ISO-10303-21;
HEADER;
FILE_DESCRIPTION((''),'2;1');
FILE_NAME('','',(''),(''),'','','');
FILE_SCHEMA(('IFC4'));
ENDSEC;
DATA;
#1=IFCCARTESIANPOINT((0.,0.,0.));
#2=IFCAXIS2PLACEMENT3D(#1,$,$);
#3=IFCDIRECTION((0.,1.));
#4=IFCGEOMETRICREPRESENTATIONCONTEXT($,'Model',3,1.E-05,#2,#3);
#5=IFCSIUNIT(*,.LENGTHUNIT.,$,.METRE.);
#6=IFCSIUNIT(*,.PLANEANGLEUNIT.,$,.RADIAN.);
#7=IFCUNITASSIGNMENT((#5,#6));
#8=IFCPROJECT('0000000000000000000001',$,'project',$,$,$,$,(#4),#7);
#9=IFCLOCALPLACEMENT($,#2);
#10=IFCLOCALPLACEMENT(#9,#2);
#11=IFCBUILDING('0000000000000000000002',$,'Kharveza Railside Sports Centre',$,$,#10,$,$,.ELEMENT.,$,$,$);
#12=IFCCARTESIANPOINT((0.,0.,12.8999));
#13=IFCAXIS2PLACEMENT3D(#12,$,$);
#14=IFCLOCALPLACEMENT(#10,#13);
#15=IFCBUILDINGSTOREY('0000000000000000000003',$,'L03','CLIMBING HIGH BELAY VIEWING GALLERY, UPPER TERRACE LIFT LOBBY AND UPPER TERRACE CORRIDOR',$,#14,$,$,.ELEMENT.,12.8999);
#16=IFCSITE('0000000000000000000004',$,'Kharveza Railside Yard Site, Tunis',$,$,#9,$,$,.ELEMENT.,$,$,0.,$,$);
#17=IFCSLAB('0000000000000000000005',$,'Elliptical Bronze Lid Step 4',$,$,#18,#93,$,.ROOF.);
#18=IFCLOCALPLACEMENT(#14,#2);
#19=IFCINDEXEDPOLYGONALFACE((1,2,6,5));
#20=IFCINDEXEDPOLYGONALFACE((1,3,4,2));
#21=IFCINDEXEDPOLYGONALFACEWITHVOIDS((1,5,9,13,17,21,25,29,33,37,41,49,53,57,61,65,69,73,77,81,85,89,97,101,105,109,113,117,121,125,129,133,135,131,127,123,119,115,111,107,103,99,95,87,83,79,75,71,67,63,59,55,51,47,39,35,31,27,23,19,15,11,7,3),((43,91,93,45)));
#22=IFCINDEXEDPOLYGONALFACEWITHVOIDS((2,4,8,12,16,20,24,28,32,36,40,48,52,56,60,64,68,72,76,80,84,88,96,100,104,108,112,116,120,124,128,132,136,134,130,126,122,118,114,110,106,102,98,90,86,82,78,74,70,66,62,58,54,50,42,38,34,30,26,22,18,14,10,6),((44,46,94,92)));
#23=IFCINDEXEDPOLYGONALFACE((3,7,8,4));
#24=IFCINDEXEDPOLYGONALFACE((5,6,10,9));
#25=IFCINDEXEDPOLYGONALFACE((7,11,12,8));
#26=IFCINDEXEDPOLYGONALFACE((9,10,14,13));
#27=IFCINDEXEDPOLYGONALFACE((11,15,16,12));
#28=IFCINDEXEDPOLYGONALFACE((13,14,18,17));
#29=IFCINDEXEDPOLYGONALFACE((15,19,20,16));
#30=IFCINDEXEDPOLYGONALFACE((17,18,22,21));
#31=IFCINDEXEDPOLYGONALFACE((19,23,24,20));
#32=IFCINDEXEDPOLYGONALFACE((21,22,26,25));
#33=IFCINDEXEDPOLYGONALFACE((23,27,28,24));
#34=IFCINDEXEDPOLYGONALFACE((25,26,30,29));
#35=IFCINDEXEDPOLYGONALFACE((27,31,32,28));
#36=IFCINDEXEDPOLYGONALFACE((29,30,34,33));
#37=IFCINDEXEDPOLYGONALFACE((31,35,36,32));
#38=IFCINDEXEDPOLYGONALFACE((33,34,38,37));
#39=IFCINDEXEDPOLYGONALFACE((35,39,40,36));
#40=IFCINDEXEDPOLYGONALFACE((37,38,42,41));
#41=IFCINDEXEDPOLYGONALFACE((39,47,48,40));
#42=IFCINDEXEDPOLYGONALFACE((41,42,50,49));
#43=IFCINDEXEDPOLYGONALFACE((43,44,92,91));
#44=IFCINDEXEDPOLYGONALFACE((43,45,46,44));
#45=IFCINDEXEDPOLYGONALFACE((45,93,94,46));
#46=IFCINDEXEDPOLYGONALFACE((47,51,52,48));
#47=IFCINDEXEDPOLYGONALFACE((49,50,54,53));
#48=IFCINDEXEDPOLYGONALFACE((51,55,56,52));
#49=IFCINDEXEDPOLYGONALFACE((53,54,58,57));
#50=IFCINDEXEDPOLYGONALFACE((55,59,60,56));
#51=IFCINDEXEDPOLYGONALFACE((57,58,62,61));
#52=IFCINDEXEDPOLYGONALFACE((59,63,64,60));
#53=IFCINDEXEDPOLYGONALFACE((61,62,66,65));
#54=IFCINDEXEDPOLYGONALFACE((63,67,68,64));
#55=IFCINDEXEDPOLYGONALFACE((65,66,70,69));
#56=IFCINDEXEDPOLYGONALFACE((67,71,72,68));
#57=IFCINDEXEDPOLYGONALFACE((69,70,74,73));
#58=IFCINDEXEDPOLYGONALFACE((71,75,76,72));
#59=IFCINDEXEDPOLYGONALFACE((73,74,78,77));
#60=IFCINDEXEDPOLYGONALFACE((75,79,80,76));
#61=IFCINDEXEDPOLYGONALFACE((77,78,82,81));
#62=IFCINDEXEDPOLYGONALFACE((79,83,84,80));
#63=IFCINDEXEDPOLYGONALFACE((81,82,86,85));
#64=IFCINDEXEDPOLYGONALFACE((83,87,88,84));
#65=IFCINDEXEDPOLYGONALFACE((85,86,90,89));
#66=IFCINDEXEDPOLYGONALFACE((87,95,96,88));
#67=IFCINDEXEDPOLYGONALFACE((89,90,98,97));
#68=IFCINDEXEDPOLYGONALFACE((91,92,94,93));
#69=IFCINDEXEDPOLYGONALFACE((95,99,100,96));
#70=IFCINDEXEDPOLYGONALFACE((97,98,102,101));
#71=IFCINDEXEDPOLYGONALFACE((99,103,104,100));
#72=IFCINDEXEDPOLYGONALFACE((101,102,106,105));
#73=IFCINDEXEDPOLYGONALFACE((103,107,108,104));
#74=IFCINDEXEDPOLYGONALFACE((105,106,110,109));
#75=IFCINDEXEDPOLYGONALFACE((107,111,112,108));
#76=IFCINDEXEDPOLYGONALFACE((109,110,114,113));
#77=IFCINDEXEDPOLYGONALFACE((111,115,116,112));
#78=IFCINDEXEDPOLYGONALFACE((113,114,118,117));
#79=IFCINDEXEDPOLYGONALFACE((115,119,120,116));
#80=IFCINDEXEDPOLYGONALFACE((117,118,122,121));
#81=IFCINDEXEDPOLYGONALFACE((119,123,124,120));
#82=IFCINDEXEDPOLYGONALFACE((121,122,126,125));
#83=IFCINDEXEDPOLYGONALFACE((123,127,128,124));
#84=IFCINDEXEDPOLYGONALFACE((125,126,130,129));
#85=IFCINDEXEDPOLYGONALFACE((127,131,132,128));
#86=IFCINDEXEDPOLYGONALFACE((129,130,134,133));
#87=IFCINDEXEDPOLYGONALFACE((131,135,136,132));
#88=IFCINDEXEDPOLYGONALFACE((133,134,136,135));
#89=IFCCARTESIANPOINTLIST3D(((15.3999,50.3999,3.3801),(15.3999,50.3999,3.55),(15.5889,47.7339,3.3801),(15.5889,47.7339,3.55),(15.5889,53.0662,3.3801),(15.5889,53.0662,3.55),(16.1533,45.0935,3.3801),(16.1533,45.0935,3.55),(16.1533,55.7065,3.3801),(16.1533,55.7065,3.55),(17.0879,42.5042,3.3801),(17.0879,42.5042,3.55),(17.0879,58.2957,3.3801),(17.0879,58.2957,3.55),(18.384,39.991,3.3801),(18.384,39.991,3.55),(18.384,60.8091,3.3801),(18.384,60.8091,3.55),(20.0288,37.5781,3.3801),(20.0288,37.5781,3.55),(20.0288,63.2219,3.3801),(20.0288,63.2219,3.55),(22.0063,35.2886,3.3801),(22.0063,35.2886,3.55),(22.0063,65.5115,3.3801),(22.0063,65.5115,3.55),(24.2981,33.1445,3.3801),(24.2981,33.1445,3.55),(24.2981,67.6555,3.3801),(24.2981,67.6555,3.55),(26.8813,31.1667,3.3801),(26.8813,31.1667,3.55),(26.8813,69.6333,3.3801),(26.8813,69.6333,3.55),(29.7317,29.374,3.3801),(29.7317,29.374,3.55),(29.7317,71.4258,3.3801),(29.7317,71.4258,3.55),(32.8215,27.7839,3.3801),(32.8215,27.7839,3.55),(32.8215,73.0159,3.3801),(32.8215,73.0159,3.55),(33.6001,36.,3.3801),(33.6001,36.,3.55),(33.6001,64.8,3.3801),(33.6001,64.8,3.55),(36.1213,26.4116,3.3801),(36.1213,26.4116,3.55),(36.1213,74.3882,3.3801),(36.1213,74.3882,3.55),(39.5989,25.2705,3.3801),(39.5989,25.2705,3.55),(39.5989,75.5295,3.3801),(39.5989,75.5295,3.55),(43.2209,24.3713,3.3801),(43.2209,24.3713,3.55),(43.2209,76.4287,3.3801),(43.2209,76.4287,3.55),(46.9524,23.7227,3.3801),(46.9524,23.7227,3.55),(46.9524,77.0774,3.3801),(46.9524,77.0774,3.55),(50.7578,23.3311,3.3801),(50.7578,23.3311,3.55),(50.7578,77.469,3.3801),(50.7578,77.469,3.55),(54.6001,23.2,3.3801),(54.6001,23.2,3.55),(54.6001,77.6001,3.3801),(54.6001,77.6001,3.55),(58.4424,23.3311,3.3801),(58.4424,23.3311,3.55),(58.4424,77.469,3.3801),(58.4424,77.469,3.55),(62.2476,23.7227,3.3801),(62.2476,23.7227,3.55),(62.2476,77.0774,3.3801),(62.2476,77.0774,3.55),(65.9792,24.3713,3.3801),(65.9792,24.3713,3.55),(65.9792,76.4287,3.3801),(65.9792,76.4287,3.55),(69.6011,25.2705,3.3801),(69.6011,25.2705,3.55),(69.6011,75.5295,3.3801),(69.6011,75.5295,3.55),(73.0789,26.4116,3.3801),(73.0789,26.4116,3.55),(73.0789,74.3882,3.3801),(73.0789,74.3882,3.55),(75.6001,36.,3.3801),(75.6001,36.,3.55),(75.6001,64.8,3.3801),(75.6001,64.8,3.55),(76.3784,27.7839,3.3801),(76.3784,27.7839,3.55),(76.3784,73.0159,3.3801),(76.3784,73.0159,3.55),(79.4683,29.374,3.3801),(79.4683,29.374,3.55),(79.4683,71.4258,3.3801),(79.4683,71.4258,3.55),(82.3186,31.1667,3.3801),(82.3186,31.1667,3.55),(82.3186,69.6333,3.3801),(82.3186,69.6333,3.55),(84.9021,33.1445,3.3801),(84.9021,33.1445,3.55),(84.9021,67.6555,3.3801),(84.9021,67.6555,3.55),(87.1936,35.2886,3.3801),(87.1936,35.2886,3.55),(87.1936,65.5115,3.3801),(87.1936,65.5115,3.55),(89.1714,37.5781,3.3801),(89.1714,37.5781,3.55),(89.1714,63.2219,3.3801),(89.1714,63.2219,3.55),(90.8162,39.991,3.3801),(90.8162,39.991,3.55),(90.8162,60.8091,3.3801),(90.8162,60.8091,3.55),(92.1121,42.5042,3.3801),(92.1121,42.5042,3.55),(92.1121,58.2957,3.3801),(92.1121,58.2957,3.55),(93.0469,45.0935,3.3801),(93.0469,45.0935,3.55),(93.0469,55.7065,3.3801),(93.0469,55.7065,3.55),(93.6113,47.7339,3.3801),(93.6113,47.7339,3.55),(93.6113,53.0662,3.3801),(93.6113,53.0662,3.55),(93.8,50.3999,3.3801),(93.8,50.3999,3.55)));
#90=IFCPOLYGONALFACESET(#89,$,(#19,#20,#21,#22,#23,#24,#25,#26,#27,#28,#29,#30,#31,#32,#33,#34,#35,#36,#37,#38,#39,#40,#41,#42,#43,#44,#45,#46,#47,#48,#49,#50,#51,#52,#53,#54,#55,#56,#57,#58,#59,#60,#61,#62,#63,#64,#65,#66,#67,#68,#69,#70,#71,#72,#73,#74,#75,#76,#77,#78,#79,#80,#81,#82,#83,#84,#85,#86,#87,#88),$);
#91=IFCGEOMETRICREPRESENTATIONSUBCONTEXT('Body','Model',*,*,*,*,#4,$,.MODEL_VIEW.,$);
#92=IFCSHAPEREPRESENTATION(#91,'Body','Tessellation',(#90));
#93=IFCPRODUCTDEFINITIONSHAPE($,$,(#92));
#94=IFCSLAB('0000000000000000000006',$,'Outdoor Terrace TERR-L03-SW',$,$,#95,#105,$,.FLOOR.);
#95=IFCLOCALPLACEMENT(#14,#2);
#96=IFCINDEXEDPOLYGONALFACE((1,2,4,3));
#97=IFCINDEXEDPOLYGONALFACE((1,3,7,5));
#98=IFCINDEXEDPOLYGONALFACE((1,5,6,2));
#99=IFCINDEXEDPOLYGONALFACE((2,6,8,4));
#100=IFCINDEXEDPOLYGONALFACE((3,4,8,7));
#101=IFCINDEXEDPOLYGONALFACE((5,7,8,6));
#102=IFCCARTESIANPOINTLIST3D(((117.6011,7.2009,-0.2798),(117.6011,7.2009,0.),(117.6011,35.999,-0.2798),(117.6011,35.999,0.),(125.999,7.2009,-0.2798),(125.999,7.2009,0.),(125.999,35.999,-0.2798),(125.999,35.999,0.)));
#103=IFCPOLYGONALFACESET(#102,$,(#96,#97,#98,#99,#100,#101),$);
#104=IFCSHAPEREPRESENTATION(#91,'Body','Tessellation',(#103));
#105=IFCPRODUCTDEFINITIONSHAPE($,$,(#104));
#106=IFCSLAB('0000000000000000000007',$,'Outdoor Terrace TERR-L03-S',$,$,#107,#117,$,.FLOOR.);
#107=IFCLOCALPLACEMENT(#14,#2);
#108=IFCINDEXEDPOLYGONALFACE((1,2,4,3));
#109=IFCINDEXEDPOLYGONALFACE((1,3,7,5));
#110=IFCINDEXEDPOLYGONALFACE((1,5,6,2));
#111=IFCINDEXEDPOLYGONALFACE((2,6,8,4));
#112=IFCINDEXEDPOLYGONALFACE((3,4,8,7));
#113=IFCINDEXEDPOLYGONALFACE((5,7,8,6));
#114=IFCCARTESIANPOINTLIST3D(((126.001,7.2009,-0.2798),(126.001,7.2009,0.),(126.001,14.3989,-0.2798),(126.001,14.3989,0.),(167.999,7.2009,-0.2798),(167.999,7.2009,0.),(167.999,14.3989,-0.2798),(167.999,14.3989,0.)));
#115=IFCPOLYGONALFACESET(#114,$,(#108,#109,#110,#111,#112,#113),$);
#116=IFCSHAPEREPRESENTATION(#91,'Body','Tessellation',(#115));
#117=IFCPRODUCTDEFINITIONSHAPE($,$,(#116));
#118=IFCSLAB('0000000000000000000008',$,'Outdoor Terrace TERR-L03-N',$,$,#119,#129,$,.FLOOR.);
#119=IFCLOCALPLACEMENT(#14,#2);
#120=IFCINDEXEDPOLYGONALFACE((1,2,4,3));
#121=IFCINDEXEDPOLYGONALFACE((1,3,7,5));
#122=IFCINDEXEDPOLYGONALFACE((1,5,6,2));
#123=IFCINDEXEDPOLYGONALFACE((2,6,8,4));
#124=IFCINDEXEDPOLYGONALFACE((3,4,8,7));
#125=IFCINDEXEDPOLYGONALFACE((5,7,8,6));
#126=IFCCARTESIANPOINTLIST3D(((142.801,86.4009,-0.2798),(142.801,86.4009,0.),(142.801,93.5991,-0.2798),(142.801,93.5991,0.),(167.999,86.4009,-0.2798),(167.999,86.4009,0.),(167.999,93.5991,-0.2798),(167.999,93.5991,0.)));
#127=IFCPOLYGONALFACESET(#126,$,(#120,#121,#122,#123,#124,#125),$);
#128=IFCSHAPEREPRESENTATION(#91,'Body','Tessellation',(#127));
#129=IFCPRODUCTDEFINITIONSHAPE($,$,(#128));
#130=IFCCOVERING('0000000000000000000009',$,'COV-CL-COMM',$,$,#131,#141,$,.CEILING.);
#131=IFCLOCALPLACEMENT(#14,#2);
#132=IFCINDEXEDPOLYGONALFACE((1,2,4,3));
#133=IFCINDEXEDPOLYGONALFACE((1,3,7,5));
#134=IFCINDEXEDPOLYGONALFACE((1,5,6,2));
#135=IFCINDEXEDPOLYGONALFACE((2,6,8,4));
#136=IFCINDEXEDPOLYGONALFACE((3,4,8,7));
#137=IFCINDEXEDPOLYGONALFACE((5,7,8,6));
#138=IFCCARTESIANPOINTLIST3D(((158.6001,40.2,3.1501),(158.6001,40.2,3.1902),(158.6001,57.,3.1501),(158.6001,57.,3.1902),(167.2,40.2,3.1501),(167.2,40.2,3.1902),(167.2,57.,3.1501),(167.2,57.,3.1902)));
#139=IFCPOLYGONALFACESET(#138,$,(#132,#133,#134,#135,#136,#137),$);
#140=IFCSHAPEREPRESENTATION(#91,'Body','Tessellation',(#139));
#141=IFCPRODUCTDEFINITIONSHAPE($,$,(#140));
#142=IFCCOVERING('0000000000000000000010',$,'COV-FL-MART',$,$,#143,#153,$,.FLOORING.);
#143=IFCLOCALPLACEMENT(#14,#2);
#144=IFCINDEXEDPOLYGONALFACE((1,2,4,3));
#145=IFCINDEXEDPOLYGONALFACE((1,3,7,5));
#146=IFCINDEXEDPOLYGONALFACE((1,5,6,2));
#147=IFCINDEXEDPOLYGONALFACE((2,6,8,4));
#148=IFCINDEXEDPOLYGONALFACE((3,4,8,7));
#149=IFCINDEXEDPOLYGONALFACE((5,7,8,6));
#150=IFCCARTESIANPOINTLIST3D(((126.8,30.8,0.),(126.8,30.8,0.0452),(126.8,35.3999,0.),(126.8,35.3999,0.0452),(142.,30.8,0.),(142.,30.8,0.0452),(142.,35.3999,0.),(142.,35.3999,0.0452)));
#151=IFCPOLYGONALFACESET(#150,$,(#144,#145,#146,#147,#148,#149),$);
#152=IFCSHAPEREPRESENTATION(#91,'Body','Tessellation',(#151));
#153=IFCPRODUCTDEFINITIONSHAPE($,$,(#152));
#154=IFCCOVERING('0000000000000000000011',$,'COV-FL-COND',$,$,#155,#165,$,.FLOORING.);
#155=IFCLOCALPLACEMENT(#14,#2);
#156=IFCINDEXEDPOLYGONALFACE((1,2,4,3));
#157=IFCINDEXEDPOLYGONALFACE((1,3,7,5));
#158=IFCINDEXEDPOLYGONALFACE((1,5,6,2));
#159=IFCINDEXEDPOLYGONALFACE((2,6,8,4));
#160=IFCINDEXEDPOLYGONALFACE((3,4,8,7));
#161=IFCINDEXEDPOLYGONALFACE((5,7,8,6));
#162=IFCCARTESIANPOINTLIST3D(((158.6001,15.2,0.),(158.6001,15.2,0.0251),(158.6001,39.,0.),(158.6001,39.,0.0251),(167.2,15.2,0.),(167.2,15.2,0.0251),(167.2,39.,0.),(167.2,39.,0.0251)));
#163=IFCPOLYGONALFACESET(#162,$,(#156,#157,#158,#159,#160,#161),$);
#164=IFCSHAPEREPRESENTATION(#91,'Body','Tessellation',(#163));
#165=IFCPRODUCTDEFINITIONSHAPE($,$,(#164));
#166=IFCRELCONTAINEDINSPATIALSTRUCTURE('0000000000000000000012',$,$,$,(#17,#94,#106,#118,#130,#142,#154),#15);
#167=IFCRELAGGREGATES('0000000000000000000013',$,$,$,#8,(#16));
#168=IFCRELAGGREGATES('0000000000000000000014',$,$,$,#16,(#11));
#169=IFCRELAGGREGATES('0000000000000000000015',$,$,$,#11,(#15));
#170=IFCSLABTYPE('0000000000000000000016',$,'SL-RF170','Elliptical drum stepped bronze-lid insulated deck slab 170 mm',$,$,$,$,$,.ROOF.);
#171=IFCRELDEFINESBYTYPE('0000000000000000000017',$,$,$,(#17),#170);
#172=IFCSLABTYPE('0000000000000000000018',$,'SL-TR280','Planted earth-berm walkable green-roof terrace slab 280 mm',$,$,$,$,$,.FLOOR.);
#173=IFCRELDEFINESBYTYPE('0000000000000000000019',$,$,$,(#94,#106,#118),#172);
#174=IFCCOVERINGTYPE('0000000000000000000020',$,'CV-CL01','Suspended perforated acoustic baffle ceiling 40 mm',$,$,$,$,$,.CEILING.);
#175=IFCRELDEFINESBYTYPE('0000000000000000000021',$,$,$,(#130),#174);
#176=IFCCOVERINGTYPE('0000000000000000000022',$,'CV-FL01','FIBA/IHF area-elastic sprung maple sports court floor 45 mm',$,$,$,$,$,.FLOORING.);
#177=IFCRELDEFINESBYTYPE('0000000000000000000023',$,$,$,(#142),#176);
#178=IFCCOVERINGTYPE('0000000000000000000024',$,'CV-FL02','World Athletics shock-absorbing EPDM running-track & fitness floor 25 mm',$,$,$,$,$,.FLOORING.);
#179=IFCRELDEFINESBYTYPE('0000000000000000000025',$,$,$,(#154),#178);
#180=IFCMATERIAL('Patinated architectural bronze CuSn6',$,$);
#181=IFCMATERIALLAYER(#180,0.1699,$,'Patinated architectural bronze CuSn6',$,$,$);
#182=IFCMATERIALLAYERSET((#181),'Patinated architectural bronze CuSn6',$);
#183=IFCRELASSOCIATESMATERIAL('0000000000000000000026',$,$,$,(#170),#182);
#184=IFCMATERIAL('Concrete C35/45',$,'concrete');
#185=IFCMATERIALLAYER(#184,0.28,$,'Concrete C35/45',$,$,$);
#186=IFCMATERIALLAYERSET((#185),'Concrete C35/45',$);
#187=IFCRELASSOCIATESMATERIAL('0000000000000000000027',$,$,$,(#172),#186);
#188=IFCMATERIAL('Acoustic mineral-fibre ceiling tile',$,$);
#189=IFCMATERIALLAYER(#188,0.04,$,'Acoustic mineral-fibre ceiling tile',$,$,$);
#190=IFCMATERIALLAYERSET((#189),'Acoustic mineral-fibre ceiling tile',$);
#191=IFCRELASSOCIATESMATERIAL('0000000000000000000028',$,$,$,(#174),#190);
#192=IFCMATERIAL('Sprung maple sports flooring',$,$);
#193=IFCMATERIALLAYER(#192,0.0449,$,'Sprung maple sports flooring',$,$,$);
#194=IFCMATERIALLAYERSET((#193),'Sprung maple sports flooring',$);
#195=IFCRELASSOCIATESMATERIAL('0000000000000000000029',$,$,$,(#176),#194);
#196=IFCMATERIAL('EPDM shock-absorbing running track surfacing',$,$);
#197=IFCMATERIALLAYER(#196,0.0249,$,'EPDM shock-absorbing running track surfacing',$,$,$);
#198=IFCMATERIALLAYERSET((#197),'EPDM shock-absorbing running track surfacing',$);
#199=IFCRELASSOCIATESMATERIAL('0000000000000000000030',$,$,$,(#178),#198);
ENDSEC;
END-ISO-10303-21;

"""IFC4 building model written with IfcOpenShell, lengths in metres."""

from ifc_helpers import new_model, si_unit, direction, frame, origin, place, context, subcontext, project, spatial, polyline, outline, extrude, material, layer, layer_set, type_object, element, save


model = new_model("IFC4")

# Units and contexts
model_context = context("Model", 3, precision=1e-05, world=origin(), true_north=direction((0.0, 1.0)))
body_context = subcontext(model_context, "Body", "Model", "MODEL_VIEW")
ifc_project = project(units=[si_unit("LENGTHUNIT", "METRE"), si_unit("PLANEANGLEUNIT", "RADIAN")], contexts=[model_context])

# Site, building, storey
site_placement = place(None, origin())
site = spatial("IfcSite", under=ifc_project, at=site_placement, Name="Kharveza Railside Yard Site, Tunis", CompositionType="ELEMENT", RefElevation=0.0)
building_placement = place(site_placement, origin())
building = spatial("IfcBuilding", under=site, at=building_placement, Name="Kharveza Railside Sports Centre", CompositionType="ELEMENT")
storey_placement = place(building_placement, frame((0.0, 0.0, 12.8999)))
storey = spatial("IfcBuildingStorey", under=building, at=storey_placement, Name="L03", Description="CLIMBING HIGH BELAY VIEWING GALLERY, UPPER TERRACE LIFT LOBBY AND UPPER TERRACE CORRIDOR", CompositionType="ELEMENT", Elevation=12.8999)

# Shared definitions
ifc_material_1 = material(Name="Patinated architectural bronze CuSn6")

# Shared definitions
ifc_material_2 = material(Name="Concrete C35/45", Category="concrete")

# Slabs
ifc_layer_1 = layer(ifc_material_1, 0.1699, Name="Patinated architectural bronze CuSn6")
ifc_layer_set_1 = layer_set([ifc_layer_1], Name="Patinated architectural bronze CuSn6")
slab_type_1 = type_object("IfcSlabType", Name="SL-RF170", Description="Elliptical drum stepped bronze-lid insulated deck slab 170 mm", PredefinedType="ROOF", material=ifc_layer_set_1)
slab_1_placement = place(storey_placement, frame((0.0, 0.0, 3.3801)))
element("IfcSlab", 1, at=slab_1_placement, inside=storey, type_object=slab_type_1, Name="Elliptical Bronze Lid Step 4", PredefinedType="ROOF", context=body_context, shape_type="SweptSolid", body=[
    extrude(outline(polyline([(93.6113, 47.7339), (93.0469, 45.0935), (92.1121, 42.5042), (90.8162, 39.991), (89.1714, 37.5781), (87.1936, 35.2886), (84.9021, 33.1445), (82.3186, 31.1667), (79.4683, 29.374), (76.3784, 27.7839), (73.0789, 26.4116), (69.6011, 25.2705), (65.9792, 24.3713), (62.2476, 23.7227), (58.4424, 23.3311), (54.6001, 23.2), (50.7578, 23.3311), (46.9524, 23.7227), (43.2209, 24.3713), (39.5989, 25.2705), (36.1213, 26.4116), (32.8215, 27.7839), (29.7317, 29.374), (26.8813, 31.1667), (24.2981, 33.1445), (22.0063, 35.2886), (20.0288, 37.5781), (18.384, 39.991), (17.0879, 42.5042), (16.1533, 45.0935), (15.5889, 47.7339), (15.3999, 50.3999), (15.5889, 53.0662), (16.1533, 55.7065), (17.0879, 58.2957), (18.384, 60.8091), (20.0288, 63.2219), (22.0063, 65.5115), (24.2981, 67.6555), (26.8813, 69.6333), (29.7317, 71.4258), (32.8215, 73.0159), (36.1213, 74.3882), (39.5989, 75.5295), (43.2209, 76.4287), (46.9524, 77.0774), (50.7578, 77.469), (54.6001, 77.6001), (58.4424, 77.469), (62.2476, 77.0774), (65.9792, 76.4287), (69.6011, 75.5295), (73.0789, 74.3882), (76.3784, 73.0159), (79.4683, 71.4258), (82.3186, 69.6333), (84.9021, 67.6555), (87.1936, 65.5115), (89.1714, 63.2219), (90.8162, 60.8091), (92.1121, 58.2957), (93.0469, 55.7065), (93.6113, 53.0662), (93.8, 50.3999), (93.6113, 47.7339)]), holes=[polyline([(75.6001, 36.0), (75.6001, 64.8), (33.6001, 64.8), (33.6001, 36.0), (75.6001, 36.0)])]), origin(), (0.0, 0.0, 1.0), 0.1699),
])
ifc_layer_2 = layer(ifc_material_2, 0.28, Name="Concrete C35/45")
ifc_layer_set_2 = layer_set([ifc_layer_2], Name="Concrete C35/45")
slab_type_2 = type_object("IfcSlabType", Name="SL-TR280", Description="Planted earth-berm walkable green-roof terrace slab 280 mm", PredefinedType="FLOOR", material=ifc_layer_set_2)
slab_2_placement = place(storey_placement, frame((0.0, 0.0, -0.2798)))
element("IfcSlab", 2, at=slab_2_placement, inside=storey, type_object=slab_type_2, Name="Outdoor Terrace TERR-L03-SW", PredefinedType="FLOOR", context=body_context, shape_type="SweptSolid", body=[
    extrude(outline(polyline([(117.6011, 35.999), (125.999, 35.999), (125.999, 7.2009), (117.6011, 7.2009), (117.6011, 35.999)])), origin(), (0.0, 0.0, 1.0), 0.2798),
])
slab_3_placement = place(storey_placement, frame((0.0, 0.0, -0.2798)))
element("IfcSlab", 3, at=slab_3_placement, inside=storey, type_object=slab_type_2, Name="Outdoor Terrace TERR-L03-S", PredefinedType="FLOOR", context=body_context, shape_type="SweptSolid", body=[
    extrude(outline(polyline([(126.001, 14.3989), (167.999, 14.3989), (167.999, 7.2009), (126.001, 7.2009), (126.001, 14.3989)])), origin(), (0.0, 0.0, 1.0), 0.2798),
])
slab_4_placement = place(storey_placement, frame((0.0, 0.0, -0.2798)))
element("IfcSlab", 4, at=slab_4_placement, inside=storey, type_object=slab_type_2, Name="Outdoor Terrace TERR-L03-N", PredefinedType="FLOOR", context=body_context, shape_type="SweptSolid", body=[
    extrude(outline(polyline([(142.801, 93.5991), (167.999, 93.5991), (167.999, 86.4009), (142.801, 86.4009), (142.801, 93.5991)])), origin(), (0.0, 0.0, 1.0), 0.2798),
])

# Coverings
ifc_material_3 = material(Name="Acoustic mineral-fibre ceiling tile")
ifc_layer_3 = layer(ifc_material_3, 0.04, Name="Acoustic mineral-fibre ceiling tile")
ifc_layer_set_3 = layer_set([ifc_layer_3], Name="Acoustic mineral-fibre ceiling tile")
covering_type_1 = type_object("IfcCoveringType", Name="CV-CL01", Description="Suspended perforated acoustic baffle ceiling 40 mm", PredefinedType="CEILING", material=ifc_layer_set_3)
covering_1_placement = place(storey_placement, frame((0.0, 0.0, 3.1501)))
element("IfcCovering", 5, at=covering_1_placement, inside=storey, type_object=covering_type_1, Name="COV-CL-COMM", PredefinedType="CEILING", context=body_context, shape_type="SweptSolid", body=[
    extrude(outline(polyline([(158.6001, 57.0), (167.2, 57.0), (167.2, 40.2), (158.6001, 40.2), (158.6001, 57.0)])), origin(), (0.0, 0.0, 1.0), 0.04),
])
ifc_material_4 = material(Name="Sprung maple sports flooring")
ifc_layer_4 = layer(ifc_material_4, 0.0449, Name="Sprung maple sports flooring")
ifc_layer_set_4 = layer_set([ifc_layer_4], Name="Sprung maple sports flooring")
covering_type_2 = type_object("IfcCoveringType", Name="CV-FL01", Description="FIBA/IHF area-elastic sprung maple sports court floor 45 mm", PredefinedType="FLOORING", material=ifc_layer_set_4)
covering_2_placement = place(storey_placement, origin())
element("IfcCovering", 6, at=covering_2_placement, inside=storey, type_object=covering_type_2, Name="COV-FL-MART", PredefinedType="FLOORING", context=body_context, shape_type="SweptSolid", body=[
    extrude(outline(polyline([(126.8, 35.3999), (142.0, 35.3999), (142.0, 30.8), (126.8, 30.8), (126.8, 35.3999)])), origin(), (0.0, 0.0, 1.0), 0.0452),
])
ifc_material_5 = material(Name="EPDM shock-absorbing running track surfacing")
ifc_layer_5 = layer(ifc_material_5, 0.0249, Name="EPDM shock-absorbing running track surfacing")
ifc_layer_set_5 = layer_set([ifc_layer_5], Name="EPDM shock-absorbing running track surfacing")
covering_type_3 = type_object("IfcCoveringType", Name="CV-FL02", Description="World Athletics shock-absorbing EPDM running-track & fitness floor 25 mm", PredefinedType="FLOORING", material=ifc_layer_set_5)
covering_3_placement = place(storey_placement, origin())
element("IfcCovering", 7, at=covering_3_placement, inside=storey, type_object=covering_type_3, Name="COV-FL-COND", PredefinedType="FLOORING", context=body_context, shape_type="SweptSolid", body=[
    extrude(outline(polyline([(158.6001, 39.0), (167.2, 39.0), (167.2, 15.2), (158.6001, 15.2), (158.6001, 39.0)])), origin(), (0.0, 0.0, 1.0), 0.0251),
])

save(model, "model.ifc")
